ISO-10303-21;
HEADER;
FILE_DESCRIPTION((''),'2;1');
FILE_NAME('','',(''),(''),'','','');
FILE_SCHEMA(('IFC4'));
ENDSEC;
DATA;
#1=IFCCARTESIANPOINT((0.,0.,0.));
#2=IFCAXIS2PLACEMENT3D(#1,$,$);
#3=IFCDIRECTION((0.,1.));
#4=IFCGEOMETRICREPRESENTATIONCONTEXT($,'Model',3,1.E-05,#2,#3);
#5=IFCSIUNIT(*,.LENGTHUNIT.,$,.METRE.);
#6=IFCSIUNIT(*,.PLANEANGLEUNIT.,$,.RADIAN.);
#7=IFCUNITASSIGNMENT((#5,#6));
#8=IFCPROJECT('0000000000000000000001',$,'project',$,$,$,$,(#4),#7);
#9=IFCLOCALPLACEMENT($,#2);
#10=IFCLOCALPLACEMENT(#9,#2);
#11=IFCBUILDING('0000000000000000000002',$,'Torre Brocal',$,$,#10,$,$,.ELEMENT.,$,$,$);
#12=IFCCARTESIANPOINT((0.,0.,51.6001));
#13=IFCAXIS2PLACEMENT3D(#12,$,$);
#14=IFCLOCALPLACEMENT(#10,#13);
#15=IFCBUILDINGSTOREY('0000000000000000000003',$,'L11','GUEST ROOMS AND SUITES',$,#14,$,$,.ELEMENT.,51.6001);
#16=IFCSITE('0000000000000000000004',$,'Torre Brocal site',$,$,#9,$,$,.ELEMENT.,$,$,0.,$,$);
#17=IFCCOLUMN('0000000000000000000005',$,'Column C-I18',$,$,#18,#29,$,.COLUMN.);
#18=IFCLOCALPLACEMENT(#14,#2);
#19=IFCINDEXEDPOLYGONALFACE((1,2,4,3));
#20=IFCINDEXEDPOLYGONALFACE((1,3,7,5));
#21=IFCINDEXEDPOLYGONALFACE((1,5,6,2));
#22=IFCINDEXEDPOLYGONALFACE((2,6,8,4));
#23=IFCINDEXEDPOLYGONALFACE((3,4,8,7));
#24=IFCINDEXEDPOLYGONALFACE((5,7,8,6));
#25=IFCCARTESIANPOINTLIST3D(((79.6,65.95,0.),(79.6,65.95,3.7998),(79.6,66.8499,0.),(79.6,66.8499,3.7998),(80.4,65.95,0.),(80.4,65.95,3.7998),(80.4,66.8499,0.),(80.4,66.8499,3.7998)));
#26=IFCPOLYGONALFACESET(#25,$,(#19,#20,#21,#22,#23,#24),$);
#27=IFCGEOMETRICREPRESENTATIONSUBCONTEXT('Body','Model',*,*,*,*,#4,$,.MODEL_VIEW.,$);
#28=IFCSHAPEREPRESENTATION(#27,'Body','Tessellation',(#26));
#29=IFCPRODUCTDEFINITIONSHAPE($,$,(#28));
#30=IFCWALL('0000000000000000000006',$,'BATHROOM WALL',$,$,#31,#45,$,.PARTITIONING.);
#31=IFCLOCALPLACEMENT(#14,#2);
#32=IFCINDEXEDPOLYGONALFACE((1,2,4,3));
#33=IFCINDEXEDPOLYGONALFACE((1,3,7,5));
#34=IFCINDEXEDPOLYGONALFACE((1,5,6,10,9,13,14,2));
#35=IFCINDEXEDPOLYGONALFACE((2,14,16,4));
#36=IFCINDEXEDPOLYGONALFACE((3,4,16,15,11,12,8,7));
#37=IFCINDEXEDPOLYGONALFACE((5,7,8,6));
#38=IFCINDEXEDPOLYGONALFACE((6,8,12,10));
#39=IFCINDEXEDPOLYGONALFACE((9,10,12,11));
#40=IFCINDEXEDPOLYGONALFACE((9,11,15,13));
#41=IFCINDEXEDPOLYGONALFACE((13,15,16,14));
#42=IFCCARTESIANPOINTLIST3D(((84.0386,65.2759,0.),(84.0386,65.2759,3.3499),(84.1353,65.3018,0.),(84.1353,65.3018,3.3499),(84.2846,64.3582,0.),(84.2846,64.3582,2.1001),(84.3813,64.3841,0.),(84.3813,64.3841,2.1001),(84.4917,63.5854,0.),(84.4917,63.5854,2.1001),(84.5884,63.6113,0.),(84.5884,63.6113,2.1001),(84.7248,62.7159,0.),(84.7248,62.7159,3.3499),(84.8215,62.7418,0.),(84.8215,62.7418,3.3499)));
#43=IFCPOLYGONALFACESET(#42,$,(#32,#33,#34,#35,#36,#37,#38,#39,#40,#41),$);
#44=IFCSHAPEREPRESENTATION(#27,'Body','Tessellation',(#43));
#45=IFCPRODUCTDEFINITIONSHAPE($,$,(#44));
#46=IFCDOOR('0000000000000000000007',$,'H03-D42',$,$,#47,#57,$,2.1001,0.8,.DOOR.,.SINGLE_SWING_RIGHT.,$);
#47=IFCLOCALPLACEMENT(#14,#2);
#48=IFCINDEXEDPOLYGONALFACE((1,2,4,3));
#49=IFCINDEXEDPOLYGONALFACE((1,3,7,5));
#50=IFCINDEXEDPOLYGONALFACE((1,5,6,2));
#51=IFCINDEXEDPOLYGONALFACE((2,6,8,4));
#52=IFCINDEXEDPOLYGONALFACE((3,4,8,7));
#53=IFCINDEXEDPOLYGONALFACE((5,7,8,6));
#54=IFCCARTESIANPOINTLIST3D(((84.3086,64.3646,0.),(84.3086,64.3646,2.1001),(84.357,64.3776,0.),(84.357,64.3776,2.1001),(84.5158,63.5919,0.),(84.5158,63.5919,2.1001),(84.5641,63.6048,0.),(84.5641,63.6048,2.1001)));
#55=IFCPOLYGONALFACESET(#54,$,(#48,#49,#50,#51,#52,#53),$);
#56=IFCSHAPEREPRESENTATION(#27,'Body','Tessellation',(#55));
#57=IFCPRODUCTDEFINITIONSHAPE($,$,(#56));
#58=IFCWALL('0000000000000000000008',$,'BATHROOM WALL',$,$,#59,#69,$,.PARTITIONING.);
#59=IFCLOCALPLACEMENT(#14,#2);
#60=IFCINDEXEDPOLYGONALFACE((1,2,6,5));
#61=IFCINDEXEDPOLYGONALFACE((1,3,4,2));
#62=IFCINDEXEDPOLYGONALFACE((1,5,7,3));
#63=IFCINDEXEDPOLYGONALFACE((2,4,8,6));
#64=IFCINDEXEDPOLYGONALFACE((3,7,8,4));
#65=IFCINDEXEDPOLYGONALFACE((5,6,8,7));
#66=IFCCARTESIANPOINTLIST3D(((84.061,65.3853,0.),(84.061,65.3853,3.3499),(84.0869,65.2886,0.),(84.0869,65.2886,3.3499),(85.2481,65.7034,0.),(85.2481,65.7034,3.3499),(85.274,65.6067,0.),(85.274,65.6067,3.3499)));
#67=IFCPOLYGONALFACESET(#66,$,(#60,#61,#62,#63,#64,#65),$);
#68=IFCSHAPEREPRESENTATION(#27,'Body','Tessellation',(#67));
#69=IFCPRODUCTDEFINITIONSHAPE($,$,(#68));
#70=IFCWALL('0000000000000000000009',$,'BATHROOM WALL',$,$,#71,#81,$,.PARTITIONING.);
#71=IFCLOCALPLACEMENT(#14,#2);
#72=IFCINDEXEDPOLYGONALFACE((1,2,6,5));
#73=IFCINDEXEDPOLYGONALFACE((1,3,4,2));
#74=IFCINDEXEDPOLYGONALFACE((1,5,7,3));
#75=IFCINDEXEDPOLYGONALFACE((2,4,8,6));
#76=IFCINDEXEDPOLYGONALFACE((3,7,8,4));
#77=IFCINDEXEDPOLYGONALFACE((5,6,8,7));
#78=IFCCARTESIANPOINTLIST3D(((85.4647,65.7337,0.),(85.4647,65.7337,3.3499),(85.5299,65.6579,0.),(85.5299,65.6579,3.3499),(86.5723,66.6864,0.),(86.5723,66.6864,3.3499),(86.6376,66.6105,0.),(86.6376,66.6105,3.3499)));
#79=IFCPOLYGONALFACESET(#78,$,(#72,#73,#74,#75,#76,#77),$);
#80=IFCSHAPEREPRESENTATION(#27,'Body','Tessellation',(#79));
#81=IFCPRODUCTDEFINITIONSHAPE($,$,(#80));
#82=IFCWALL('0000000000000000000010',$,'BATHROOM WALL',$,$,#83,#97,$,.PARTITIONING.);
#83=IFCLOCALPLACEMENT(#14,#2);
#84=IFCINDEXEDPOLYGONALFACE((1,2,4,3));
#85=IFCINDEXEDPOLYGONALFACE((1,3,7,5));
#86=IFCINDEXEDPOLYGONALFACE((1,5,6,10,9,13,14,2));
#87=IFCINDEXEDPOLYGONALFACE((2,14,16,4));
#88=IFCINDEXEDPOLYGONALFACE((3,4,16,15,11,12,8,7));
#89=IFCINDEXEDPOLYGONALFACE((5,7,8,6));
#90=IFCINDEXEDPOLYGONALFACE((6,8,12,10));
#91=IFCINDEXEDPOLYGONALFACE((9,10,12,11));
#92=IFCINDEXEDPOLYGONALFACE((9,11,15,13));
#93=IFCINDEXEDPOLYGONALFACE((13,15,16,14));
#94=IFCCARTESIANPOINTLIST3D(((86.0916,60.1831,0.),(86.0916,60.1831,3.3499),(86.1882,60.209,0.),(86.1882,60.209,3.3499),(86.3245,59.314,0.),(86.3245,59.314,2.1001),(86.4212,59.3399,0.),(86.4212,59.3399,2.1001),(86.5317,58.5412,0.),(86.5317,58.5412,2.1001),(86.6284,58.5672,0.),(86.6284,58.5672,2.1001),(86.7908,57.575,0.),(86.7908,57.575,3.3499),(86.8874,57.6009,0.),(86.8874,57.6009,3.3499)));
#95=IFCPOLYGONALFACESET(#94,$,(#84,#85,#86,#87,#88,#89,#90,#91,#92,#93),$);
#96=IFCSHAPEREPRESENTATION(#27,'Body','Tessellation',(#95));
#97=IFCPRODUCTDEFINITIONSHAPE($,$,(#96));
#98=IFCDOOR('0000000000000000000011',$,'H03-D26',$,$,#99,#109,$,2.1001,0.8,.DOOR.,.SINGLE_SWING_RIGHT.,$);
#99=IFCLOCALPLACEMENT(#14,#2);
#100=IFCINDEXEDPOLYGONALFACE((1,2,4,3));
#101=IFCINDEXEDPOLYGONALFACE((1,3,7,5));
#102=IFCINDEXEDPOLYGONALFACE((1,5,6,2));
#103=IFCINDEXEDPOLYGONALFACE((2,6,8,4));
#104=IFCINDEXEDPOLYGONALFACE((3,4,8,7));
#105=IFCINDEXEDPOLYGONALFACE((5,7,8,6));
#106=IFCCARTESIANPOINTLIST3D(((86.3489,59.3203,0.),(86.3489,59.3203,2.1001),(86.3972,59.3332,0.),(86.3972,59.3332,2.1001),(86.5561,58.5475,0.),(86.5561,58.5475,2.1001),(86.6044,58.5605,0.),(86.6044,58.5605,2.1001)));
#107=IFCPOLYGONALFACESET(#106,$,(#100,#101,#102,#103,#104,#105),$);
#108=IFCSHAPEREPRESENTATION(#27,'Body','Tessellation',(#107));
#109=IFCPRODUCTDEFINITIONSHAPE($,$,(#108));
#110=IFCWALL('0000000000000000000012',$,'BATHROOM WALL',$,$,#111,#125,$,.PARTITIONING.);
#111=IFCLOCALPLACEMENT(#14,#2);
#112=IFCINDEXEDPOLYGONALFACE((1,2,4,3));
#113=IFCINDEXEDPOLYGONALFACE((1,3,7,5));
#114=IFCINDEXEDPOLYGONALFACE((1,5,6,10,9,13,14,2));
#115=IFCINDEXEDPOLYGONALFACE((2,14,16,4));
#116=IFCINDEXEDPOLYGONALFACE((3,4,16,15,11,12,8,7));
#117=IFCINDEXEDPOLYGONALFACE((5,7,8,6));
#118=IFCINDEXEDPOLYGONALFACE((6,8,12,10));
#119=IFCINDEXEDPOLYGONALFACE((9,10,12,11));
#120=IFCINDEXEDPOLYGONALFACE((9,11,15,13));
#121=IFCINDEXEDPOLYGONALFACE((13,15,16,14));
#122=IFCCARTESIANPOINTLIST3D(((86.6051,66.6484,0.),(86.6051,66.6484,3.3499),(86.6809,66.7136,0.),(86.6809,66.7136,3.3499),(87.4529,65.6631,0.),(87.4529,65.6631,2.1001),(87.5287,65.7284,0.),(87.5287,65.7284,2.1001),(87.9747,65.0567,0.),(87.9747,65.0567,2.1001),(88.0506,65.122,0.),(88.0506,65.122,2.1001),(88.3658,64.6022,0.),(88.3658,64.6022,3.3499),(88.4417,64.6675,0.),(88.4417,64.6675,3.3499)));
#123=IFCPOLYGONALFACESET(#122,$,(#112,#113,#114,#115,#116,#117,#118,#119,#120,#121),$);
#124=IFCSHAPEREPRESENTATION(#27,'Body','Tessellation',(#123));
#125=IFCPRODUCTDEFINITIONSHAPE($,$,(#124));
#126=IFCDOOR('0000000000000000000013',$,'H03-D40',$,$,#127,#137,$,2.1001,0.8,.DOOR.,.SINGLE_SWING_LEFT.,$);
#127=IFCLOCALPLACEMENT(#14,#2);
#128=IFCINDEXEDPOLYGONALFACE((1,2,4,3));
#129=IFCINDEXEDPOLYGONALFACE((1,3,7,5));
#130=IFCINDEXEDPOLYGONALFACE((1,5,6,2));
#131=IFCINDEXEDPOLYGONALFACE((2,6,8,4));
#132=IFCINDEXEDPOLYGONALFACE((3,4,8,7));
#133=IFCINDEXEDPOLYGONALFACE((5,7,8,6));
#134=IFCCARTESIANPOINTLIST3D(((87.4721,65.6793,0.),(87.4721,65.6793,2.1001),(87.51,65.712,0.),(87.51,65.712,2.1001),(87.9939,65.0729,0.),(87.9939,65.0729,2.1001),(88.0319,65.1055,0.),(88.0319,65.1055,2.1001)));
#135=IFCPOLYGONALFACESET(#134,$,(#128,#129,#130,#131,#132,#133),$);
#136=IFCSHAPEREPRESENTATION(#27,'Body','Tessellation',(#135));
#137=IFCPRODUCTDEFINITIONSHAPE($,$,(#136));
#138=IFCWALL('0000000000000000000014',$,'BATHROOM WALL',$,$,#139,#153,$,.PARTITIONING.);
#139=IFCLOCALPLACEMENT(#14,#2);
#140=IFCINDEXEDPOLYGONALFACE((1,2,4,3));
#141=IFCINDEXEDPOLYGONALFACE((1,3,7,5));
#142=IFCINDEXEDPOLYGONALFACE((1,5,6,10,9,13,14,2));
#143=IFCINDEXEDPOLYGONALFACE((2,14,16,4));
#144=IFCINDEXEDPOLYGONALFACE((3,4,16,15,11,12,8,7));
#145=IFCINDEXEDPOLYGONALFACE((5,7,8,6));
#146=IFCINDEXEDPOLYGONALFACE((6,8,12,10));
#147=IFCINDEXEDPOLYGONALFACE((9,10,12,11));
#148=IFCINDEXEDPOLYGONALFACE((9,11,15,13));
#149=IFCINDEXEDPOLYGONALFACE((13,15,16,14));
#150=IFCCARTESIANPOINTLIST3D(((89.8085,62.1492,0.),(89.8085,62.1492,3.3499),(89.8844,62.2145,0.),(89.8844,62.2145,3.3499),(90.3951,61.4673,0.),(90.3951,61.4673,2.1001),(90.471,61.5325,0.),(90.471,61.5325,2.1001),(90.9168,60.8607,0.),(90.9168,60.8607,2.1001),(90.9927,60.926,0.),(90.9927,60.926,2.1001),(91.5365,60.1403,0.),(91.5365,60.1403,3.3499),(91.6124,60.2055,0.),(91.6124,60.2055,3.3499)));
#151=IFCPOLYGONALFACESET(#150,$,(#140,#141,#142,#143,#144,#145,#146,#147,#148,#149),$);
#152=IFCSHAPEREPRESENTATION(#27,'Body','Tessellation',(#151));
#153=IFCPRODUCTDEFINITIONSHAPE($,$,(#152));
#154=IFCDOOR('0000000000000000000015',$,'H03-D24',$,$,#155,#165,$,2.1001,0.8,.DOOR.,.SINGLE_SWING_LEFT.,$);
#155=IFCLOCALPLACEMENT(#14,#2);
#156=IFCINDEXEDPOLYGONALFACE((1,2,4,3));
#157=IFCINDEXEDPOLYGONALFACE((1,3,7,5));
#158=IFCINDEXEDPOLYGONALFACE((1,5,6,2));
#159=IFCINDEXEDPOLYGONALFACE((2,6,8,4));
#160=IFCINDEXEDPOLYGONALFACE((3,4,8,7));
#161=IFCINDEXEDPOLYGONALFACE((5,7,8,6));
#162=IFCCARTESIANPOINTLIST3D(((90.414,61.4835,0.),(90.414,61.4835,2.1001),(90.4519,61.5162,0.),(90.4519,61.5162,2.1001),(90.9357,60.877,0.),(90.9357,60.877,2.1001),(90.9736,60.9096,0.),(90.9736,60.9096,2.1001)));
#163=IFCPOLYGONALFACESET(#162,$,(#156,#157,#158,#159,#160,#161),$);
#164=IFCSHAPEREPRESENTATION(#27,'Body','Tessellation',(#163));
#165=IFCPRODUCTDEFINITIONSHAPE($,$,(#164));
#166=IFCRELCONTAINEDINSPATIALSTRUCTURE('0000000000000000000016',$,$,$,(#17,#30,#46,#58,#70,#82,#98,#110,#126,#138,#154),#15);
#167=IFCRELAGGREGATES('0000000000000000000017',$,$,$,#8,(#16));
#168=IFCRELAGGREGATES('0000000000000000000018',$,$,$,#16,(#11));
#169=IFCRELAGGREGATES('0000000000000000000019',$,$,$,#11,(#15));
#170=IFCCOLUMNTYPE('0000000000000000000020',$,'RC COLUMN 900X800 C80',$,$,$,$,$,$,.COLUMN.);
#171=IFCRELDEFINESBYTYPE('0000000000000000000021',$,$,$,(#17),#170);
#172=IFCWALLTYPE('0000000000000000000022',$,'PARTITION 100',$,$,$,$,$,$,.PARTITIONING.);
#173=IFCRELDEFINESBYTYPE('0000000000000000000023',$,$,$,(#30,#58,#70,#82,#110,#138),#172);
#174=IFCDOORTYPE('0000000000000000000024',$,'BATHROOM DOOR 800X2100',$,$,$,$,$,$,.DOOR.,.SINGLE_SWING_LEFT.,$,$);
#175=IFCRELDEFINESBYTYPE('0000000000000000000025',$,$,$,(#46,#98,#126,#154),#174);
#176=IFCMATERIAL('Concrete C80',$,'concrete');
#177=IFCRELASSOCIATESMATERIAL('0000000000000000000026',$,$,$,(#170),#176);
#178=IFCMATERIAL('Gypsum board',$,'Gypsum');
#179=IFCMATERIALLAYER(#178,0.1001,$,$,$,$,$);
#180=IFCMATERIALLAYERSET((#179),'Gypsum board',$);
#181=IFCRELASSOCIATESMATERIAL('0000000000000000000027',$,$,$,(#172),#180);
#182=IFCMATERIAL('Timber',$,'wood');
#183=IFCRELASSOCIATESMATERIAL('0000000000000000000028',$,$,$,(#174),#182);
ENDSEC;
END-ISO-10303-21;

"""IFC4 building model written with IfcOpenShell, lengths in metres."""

from ifc_helpers import new_model, si_unit, direction, frame, frame_2d, origin, origin_2d, place, context, subcontext, project, spatial, rectangle, extrude, material, layer, layer_set, material_profile, profile_set, type_object, element, fill, save


model = new_model("IFC4")

# Units and contexts
model_context = context("Model", 3, precision=1e-05, world=origin(), true_north=direction((0.0, 1.0)))
body_context = subcontext(model_context, "Body", "Model", "MODEL_VIEW")
ifc_project = project(units=[si_unit("LENGTHUNIT", "METRE"), si_unit("PLANEANGLEUNIT", "RADIAN")], contexts=[model_context])

# Site, building, storey
site_placement = place(None, origin())
site = spatial("IfcSite", under=ifc_project, at=site_placement, Name="Torre Brocal site", CompositionType="ELEMENT", RefElevation=0.0)
building_placement = place(site_placement, origin())
building = spatial("IfcBuilding", under=site, at=building_placement, Name="Torre Brocal", CompositionType="ELEMENT")
storey_placement = place(building_placement, frame((0.0, 0.0, 51.6001)))
storey = spatial("IfcBuildingStorey", under=building, at=storey_placement, Name="L11", Description="GUEST ROOMS AND SUITES", CompositionType="ELEMENT", Elevation=51.6001)

# Column
ifc_material_1 = material(Name="Concrete C80", Category="concrete")
ifc_material_profile = material_profile(ifc_material_1, rectangle(XDim=0.8999, YDim=0.8, at=origin_2d()), Name="RC 900X800")
ifc_profile_set = profile_set([ifc_material_profile], Name="Concrete C80")
column_type = type_object("IfcColumnType", Name="RC COLUMN 900X800 C80", PredefinedType="COLUMN", material=ifc_profile_set)
column_placement = place(storey_placement, frame((80.0, 66.3999, 0.0), z_axis=(0.0, 0.0, 1.0), x_axis=(0.0, -1.0, 0.0)))
element("IfcColumn", 1, at=column_placement, inside=storey, type_object=column_type, Name="Column C-I18", PredefinedType="COLUMN", context=body_context, shape_type="SweptSolid", body=[
    extrude(rectangle(XDim=0.8999, YDim=0.8, at=origin_2d()), origin(), (0.0, 0.0, 1.0), 3.7998),
])

# Wall, opening, door
ifc_material_2 = material(Name="Gypsum board", Category="Gypsum")
ifc_layer_1 = layer(ifc_material_2, 0.1001)
ifc_layer_set_1 = layer_set([ifc_layer_1], Name="Gypsum board")
wall_type_1 = type_object("IfcWallType", Name="PARTITION 100", PredefinedType="PARTITIONING", material=ifc_layer_set_1)
wall_1_placement = place(storey_placement, frame((84.0869, 65.2888, 0.0), z_axis=(0.0, 0.0, 1.0), x_axis=(0.258929, -0.965896, 0.0)))
wall_1 = element("IfcWall", 2, at=wall_1_placement, inside=storey, type_object=wall_type_1, Name="BATHROOM WALL", PredefinedType="PARTITIONING", context=body_context, shape_type="SweptSolid", body=[
    extrude(rectangle(XDim=2.6504, YDim=0.1001, at=frame_2d((1.3252, 0.0))), origin(), (0.0, 0.0, 1.0), 3.3499),
])
opening_1_placement = place(wall_1_placement, frame((0.9502, 0.0, 0.0)))
opening_1 = element("IfcOpeningElement", 3, at=opening_1_placement, cuts=wall_1, PredefinedType="OPENING", context=body_context, shape_type="SweptSolid", body=[
    extrude(rectangle(XDim=0.8, YDim=2.1001, at=frame_2d((0.3999, 1.05))), frame((0.0, 0.0601, 0.0), z_axis=(0.0, -1.0, 0.0), x_axis=(1.0, 0.0, 0.0)), (0.0, 0.0, 1.0), 0.1201),
])
ifc_material_3 = material(Name="Timber", Category="wood")
door_type_1 = type_object("IfcDoorType", Name="BATHROOM DOOR 800X2100", OperationType="SINGLE_SWING_LEFT", PredefinedType="DOOR", material=ifc_material_3)
door_1_placement = place(opening_1_placement, origin())
door_1 = element("IfcDoor", 4, at=door_1_placement, inside=storey, type_object=door_type_1, Name="H03-D42", OperationType="SINGLE_SWING_RIGHT", OverallHeight=2.1001, OverallWidth=0.8, PredefinedType="DOOR", context=body_context, shape_type="SweptSolid", body=[
    extrude(rectangle(XDim=0.8, YDim=2.1001, at=frame_2d((0.3999, 1.05))), frame((0.0, 0.0249, 0.0), z_axis=(0.0, -1.0, 0.0), x_axis=(1.0, 0.0, 0.0)), (0.0, 0.0, 1.0), 0.05),
])
fill(opening_1, door_1)

# Walls
wall_2_placement = place(storey_placement, frame((84.074, 65.3369, 0.0), z_axis=(0.0, 0.0, 1.0), x_axis=(0.965914, 0.258862, 0.0)))
element("IfcWall", 5, at=wall_2_placement, inside=storey, type_object=wall_type_1, Name="BATHROOM WALL", PredefinedType="PARTITIONING", context=body_context, shape_type="SweptSolid", body=[
    extrude(rectangle(XDim=1.229, YDim=0.1001, at=frame_2d((0.6145, 0.0))), origin(), (0.0, 0.0, 1.0), 3.3499),
])
wall_3_placement = place(storey_placement, frame((85.4973, 65.6958, 0.0), z_axis=(0.0, 0.0, 1.0), x_axis=(0.75817, 0.652057, 0.0)))
element("IfcWall", 6, at=wall_3_placement, inside=storey, type_object=wall_type_1, Name="BATHROOM WALL", PredefinedType="PARTITIONING", context=body_context, shape_type="SweptSolid", body=[
    extrude(rectangle(XDim=1.4609, YDim=0.1001, at=frame_2d((0.7305, 0.0))), origin(), (0.0, 0.0, 1.0), 3.3499),
])

# Walls, openings, doors
wall_4_placement = place(storey_placement, frame((86.1399, 60.196, 0.0), z_axis=(0.0, 0.0, 1.0), x_axis=(0.258945, -0.965892, 0.0)))
wall_4 = element("IfcWall", 7, at=wall_4_placement, inside=storey, type_object=wall_type_1, Name="BATHROOM WALL", PredefinedType="PARTITIONING", context=body_context, shape_type="SweptSolid", body=[
    extrude(rectangle(XDim=2.7002, YDim=0.1001, at=frame_2d((1.3501, 0.0))), origin(), (0.0, 0.0, 1.0), 3.3499),
])
opening_2_placement = place(wall_4_placement, frame((0.8999, 0.0, 0.0)))
opening_2 = element("IfcOpeningElement", 8, at=opening_2_placement, cuts=wall_4, PredefinedType="OPENING", context=body_context, shape_type="SweptSolid", body=[
    extrude(rectangle(XDim=0.8, YDim=2.1001, at=frame_2d((0.3999, 1.05))), frame((0.0, 0.0601, 0.0), z_axis=(0.0, -1.0, 0.0), x_axis=(1.0, 0.0, 0.0)), (0.0, 0.0, 1.0), 0.1201),
])
door_2_placement = place(opening_2_placement, frame((0.8, 0.0, 0.0), z_axis=(0.0, 0.0, 1.0), x_axis=(-1.0, 0.0, 0.0)))
door_2 = element("IfcDoor", 9, at=door_2_placement, inside=storey, type_object=door_type_1, Name="H03-D26", OperationType="SINGLE_SWING_RIGHT", OverallHeight=2.1001, OverallWidth=0.8, PredefinedType="DOOR", context=body_context, shape_type="SweptSolid", body=[
    extrude(rectangle(XDim=0.8, YDim=2.1001, at=frame_2d((0.3999, 1.05))), frame((0.0, 0.0249, 0.0), z_axis=(0.0, -1.0, 0.0), x_axis=(1.0, 0.0, 0.0)), (0.0, 0.0, 1.0), 0.05),
])
fill(opening_2, door_2)
wall_5_placement = place(storey_placement, frame((86.6431, 66.6809, 0.0), z_axis=(0.0, 0.0, 1.0), x_axis=(0.652265, -0.757991, 0.0)))
wall_5 = element("IfcWall", 10, at=wall_5_placement, inside=storey, type_object=wall_type_1, Name="BATHROOM WALL", PredefinedType="PARTITIONING", context=body_context, shape_type="SweptSolid", body=[
    extrude(rectangle(XDim=2.6995, YDim=0.1001, at=frame_2d((1.3496, 0.0))), origin(), (0.0, 0.0, 1.0), 3.3499),
])
opening_3_placement = place(wall_5_placement, frame((1.2998, 0.0, 0.0)))
opening_3 = element("IfcOpeningElement", 11, at=opening_3_placement, cuts=wall_5, PredefinedType="OPENING", context=body_context, shape_type="SweptSolid", body=[
    extrude(rectangle(XDim=0.8, YDim=2.1001, at=frame_2d((0.3999, 1.05))), frame((0.0, 0.0601, 0.0), z_axis=(0.0, -1.0, 0.0), x_axis=(1.0, 0.0, 0.0)), (0.0, 0.0, 1.0), 0.1201),
])
door_3_placement = place(opening_3_placement, frame((0.8, 0.0, 0.0), z_axis=(0.0, 0.0, 1.0), x_axis=(-1.0, 0.0, 0.0)))
door_3 = element("IfcDoor", 12, at=door_3_placement, inside=storey, type_object=door_type_1, Name="H03-D40", OperationType="SINGLE_SWING_LEFT", OverallHeight=2.1001, OverallWidth=0.8, PredefinedType="DOOR", context=body_context, shape_type="SweptSolid", body=[
    extrude(rectangle(XDim=0.8, YDim=2.1001, at=frame_2d((0.3999, 1.05))), frame((0.0, 0.0249, 0.0), z_axis=(0.0, -1.0, 0.0), x_axis=(1.0, 0.0, 0.0)), (0.0, 0.0, 1.0), 0.05),
])
fill(opening_3, door_3)
wall_6_placement = place(storey_placement, frame((89.8464, 62.1819, 0.0), z_axis=(0.0, 0.0, 1.0), x_axis=(0.652095, -0.758137, 0.0)))
wall_6 = element("IfcWall", 13, at=wall_6_placement, inside=storey, type_object=wall_type_1, Name="BATHROOM WALL", PredefinedType="PARTITIONING", context=body_context, shape_type="SweptSolid", body=[
    extrude(rectangle(XDim=2.6499, YDim=0.1001, at=frame_2d((1.325, 0.0))), origin(), (0.0, 0.0, 1.0), 3.3499),
])
opening_4_placement = place(wall_6_placement, frame((0.8997, 0.0, 0.0)))
opening_4 = element("IfcOpeningElement", 14, at=opening_4_placement, cuts=wall_6, PredefinedType="OPENING", context=body_context, shape_type="SweptSolid", body=[
    extrude(rectangle(XDim=0.8, YDim=2.1001, at=frame_2d((0.3999, 1.05))), frame((0.0, 0.0601, 0.0), z_axis=(0.0, -1.0, 0.0), x_axis=(1.0, 0.0, 0.0)), (0.0, 0.0, 1.0), 0.1201),
])
door_4_placement = place(opening_4_placement, origin())
door_4 = element("IfcDoor", 15, at=door_4_placement, inside=storey, type_object=door_type_1, Name="H03-D24", OperationType="SINGLE_SWING_LEFT", OverallHeight=2.1001, OverallWidth=0.8, PredefinedType="DOOR", context=body_context, shape_type="SweptSolid", body=[
    extrude(rectangle(XDim=0.8, YDim=2.1001, at=frame_2d((0.3999, 1.05))), frame((0.0, 0.0249, 0.0), z_axis=(0.0, -1.0, 0.0), x_axis=(1.0, 0.0, 0.0)), (0.0, 0.0, 1.0), 0.05),
])
fill(opening_4, door_4)

save(model, "model.ifc")
